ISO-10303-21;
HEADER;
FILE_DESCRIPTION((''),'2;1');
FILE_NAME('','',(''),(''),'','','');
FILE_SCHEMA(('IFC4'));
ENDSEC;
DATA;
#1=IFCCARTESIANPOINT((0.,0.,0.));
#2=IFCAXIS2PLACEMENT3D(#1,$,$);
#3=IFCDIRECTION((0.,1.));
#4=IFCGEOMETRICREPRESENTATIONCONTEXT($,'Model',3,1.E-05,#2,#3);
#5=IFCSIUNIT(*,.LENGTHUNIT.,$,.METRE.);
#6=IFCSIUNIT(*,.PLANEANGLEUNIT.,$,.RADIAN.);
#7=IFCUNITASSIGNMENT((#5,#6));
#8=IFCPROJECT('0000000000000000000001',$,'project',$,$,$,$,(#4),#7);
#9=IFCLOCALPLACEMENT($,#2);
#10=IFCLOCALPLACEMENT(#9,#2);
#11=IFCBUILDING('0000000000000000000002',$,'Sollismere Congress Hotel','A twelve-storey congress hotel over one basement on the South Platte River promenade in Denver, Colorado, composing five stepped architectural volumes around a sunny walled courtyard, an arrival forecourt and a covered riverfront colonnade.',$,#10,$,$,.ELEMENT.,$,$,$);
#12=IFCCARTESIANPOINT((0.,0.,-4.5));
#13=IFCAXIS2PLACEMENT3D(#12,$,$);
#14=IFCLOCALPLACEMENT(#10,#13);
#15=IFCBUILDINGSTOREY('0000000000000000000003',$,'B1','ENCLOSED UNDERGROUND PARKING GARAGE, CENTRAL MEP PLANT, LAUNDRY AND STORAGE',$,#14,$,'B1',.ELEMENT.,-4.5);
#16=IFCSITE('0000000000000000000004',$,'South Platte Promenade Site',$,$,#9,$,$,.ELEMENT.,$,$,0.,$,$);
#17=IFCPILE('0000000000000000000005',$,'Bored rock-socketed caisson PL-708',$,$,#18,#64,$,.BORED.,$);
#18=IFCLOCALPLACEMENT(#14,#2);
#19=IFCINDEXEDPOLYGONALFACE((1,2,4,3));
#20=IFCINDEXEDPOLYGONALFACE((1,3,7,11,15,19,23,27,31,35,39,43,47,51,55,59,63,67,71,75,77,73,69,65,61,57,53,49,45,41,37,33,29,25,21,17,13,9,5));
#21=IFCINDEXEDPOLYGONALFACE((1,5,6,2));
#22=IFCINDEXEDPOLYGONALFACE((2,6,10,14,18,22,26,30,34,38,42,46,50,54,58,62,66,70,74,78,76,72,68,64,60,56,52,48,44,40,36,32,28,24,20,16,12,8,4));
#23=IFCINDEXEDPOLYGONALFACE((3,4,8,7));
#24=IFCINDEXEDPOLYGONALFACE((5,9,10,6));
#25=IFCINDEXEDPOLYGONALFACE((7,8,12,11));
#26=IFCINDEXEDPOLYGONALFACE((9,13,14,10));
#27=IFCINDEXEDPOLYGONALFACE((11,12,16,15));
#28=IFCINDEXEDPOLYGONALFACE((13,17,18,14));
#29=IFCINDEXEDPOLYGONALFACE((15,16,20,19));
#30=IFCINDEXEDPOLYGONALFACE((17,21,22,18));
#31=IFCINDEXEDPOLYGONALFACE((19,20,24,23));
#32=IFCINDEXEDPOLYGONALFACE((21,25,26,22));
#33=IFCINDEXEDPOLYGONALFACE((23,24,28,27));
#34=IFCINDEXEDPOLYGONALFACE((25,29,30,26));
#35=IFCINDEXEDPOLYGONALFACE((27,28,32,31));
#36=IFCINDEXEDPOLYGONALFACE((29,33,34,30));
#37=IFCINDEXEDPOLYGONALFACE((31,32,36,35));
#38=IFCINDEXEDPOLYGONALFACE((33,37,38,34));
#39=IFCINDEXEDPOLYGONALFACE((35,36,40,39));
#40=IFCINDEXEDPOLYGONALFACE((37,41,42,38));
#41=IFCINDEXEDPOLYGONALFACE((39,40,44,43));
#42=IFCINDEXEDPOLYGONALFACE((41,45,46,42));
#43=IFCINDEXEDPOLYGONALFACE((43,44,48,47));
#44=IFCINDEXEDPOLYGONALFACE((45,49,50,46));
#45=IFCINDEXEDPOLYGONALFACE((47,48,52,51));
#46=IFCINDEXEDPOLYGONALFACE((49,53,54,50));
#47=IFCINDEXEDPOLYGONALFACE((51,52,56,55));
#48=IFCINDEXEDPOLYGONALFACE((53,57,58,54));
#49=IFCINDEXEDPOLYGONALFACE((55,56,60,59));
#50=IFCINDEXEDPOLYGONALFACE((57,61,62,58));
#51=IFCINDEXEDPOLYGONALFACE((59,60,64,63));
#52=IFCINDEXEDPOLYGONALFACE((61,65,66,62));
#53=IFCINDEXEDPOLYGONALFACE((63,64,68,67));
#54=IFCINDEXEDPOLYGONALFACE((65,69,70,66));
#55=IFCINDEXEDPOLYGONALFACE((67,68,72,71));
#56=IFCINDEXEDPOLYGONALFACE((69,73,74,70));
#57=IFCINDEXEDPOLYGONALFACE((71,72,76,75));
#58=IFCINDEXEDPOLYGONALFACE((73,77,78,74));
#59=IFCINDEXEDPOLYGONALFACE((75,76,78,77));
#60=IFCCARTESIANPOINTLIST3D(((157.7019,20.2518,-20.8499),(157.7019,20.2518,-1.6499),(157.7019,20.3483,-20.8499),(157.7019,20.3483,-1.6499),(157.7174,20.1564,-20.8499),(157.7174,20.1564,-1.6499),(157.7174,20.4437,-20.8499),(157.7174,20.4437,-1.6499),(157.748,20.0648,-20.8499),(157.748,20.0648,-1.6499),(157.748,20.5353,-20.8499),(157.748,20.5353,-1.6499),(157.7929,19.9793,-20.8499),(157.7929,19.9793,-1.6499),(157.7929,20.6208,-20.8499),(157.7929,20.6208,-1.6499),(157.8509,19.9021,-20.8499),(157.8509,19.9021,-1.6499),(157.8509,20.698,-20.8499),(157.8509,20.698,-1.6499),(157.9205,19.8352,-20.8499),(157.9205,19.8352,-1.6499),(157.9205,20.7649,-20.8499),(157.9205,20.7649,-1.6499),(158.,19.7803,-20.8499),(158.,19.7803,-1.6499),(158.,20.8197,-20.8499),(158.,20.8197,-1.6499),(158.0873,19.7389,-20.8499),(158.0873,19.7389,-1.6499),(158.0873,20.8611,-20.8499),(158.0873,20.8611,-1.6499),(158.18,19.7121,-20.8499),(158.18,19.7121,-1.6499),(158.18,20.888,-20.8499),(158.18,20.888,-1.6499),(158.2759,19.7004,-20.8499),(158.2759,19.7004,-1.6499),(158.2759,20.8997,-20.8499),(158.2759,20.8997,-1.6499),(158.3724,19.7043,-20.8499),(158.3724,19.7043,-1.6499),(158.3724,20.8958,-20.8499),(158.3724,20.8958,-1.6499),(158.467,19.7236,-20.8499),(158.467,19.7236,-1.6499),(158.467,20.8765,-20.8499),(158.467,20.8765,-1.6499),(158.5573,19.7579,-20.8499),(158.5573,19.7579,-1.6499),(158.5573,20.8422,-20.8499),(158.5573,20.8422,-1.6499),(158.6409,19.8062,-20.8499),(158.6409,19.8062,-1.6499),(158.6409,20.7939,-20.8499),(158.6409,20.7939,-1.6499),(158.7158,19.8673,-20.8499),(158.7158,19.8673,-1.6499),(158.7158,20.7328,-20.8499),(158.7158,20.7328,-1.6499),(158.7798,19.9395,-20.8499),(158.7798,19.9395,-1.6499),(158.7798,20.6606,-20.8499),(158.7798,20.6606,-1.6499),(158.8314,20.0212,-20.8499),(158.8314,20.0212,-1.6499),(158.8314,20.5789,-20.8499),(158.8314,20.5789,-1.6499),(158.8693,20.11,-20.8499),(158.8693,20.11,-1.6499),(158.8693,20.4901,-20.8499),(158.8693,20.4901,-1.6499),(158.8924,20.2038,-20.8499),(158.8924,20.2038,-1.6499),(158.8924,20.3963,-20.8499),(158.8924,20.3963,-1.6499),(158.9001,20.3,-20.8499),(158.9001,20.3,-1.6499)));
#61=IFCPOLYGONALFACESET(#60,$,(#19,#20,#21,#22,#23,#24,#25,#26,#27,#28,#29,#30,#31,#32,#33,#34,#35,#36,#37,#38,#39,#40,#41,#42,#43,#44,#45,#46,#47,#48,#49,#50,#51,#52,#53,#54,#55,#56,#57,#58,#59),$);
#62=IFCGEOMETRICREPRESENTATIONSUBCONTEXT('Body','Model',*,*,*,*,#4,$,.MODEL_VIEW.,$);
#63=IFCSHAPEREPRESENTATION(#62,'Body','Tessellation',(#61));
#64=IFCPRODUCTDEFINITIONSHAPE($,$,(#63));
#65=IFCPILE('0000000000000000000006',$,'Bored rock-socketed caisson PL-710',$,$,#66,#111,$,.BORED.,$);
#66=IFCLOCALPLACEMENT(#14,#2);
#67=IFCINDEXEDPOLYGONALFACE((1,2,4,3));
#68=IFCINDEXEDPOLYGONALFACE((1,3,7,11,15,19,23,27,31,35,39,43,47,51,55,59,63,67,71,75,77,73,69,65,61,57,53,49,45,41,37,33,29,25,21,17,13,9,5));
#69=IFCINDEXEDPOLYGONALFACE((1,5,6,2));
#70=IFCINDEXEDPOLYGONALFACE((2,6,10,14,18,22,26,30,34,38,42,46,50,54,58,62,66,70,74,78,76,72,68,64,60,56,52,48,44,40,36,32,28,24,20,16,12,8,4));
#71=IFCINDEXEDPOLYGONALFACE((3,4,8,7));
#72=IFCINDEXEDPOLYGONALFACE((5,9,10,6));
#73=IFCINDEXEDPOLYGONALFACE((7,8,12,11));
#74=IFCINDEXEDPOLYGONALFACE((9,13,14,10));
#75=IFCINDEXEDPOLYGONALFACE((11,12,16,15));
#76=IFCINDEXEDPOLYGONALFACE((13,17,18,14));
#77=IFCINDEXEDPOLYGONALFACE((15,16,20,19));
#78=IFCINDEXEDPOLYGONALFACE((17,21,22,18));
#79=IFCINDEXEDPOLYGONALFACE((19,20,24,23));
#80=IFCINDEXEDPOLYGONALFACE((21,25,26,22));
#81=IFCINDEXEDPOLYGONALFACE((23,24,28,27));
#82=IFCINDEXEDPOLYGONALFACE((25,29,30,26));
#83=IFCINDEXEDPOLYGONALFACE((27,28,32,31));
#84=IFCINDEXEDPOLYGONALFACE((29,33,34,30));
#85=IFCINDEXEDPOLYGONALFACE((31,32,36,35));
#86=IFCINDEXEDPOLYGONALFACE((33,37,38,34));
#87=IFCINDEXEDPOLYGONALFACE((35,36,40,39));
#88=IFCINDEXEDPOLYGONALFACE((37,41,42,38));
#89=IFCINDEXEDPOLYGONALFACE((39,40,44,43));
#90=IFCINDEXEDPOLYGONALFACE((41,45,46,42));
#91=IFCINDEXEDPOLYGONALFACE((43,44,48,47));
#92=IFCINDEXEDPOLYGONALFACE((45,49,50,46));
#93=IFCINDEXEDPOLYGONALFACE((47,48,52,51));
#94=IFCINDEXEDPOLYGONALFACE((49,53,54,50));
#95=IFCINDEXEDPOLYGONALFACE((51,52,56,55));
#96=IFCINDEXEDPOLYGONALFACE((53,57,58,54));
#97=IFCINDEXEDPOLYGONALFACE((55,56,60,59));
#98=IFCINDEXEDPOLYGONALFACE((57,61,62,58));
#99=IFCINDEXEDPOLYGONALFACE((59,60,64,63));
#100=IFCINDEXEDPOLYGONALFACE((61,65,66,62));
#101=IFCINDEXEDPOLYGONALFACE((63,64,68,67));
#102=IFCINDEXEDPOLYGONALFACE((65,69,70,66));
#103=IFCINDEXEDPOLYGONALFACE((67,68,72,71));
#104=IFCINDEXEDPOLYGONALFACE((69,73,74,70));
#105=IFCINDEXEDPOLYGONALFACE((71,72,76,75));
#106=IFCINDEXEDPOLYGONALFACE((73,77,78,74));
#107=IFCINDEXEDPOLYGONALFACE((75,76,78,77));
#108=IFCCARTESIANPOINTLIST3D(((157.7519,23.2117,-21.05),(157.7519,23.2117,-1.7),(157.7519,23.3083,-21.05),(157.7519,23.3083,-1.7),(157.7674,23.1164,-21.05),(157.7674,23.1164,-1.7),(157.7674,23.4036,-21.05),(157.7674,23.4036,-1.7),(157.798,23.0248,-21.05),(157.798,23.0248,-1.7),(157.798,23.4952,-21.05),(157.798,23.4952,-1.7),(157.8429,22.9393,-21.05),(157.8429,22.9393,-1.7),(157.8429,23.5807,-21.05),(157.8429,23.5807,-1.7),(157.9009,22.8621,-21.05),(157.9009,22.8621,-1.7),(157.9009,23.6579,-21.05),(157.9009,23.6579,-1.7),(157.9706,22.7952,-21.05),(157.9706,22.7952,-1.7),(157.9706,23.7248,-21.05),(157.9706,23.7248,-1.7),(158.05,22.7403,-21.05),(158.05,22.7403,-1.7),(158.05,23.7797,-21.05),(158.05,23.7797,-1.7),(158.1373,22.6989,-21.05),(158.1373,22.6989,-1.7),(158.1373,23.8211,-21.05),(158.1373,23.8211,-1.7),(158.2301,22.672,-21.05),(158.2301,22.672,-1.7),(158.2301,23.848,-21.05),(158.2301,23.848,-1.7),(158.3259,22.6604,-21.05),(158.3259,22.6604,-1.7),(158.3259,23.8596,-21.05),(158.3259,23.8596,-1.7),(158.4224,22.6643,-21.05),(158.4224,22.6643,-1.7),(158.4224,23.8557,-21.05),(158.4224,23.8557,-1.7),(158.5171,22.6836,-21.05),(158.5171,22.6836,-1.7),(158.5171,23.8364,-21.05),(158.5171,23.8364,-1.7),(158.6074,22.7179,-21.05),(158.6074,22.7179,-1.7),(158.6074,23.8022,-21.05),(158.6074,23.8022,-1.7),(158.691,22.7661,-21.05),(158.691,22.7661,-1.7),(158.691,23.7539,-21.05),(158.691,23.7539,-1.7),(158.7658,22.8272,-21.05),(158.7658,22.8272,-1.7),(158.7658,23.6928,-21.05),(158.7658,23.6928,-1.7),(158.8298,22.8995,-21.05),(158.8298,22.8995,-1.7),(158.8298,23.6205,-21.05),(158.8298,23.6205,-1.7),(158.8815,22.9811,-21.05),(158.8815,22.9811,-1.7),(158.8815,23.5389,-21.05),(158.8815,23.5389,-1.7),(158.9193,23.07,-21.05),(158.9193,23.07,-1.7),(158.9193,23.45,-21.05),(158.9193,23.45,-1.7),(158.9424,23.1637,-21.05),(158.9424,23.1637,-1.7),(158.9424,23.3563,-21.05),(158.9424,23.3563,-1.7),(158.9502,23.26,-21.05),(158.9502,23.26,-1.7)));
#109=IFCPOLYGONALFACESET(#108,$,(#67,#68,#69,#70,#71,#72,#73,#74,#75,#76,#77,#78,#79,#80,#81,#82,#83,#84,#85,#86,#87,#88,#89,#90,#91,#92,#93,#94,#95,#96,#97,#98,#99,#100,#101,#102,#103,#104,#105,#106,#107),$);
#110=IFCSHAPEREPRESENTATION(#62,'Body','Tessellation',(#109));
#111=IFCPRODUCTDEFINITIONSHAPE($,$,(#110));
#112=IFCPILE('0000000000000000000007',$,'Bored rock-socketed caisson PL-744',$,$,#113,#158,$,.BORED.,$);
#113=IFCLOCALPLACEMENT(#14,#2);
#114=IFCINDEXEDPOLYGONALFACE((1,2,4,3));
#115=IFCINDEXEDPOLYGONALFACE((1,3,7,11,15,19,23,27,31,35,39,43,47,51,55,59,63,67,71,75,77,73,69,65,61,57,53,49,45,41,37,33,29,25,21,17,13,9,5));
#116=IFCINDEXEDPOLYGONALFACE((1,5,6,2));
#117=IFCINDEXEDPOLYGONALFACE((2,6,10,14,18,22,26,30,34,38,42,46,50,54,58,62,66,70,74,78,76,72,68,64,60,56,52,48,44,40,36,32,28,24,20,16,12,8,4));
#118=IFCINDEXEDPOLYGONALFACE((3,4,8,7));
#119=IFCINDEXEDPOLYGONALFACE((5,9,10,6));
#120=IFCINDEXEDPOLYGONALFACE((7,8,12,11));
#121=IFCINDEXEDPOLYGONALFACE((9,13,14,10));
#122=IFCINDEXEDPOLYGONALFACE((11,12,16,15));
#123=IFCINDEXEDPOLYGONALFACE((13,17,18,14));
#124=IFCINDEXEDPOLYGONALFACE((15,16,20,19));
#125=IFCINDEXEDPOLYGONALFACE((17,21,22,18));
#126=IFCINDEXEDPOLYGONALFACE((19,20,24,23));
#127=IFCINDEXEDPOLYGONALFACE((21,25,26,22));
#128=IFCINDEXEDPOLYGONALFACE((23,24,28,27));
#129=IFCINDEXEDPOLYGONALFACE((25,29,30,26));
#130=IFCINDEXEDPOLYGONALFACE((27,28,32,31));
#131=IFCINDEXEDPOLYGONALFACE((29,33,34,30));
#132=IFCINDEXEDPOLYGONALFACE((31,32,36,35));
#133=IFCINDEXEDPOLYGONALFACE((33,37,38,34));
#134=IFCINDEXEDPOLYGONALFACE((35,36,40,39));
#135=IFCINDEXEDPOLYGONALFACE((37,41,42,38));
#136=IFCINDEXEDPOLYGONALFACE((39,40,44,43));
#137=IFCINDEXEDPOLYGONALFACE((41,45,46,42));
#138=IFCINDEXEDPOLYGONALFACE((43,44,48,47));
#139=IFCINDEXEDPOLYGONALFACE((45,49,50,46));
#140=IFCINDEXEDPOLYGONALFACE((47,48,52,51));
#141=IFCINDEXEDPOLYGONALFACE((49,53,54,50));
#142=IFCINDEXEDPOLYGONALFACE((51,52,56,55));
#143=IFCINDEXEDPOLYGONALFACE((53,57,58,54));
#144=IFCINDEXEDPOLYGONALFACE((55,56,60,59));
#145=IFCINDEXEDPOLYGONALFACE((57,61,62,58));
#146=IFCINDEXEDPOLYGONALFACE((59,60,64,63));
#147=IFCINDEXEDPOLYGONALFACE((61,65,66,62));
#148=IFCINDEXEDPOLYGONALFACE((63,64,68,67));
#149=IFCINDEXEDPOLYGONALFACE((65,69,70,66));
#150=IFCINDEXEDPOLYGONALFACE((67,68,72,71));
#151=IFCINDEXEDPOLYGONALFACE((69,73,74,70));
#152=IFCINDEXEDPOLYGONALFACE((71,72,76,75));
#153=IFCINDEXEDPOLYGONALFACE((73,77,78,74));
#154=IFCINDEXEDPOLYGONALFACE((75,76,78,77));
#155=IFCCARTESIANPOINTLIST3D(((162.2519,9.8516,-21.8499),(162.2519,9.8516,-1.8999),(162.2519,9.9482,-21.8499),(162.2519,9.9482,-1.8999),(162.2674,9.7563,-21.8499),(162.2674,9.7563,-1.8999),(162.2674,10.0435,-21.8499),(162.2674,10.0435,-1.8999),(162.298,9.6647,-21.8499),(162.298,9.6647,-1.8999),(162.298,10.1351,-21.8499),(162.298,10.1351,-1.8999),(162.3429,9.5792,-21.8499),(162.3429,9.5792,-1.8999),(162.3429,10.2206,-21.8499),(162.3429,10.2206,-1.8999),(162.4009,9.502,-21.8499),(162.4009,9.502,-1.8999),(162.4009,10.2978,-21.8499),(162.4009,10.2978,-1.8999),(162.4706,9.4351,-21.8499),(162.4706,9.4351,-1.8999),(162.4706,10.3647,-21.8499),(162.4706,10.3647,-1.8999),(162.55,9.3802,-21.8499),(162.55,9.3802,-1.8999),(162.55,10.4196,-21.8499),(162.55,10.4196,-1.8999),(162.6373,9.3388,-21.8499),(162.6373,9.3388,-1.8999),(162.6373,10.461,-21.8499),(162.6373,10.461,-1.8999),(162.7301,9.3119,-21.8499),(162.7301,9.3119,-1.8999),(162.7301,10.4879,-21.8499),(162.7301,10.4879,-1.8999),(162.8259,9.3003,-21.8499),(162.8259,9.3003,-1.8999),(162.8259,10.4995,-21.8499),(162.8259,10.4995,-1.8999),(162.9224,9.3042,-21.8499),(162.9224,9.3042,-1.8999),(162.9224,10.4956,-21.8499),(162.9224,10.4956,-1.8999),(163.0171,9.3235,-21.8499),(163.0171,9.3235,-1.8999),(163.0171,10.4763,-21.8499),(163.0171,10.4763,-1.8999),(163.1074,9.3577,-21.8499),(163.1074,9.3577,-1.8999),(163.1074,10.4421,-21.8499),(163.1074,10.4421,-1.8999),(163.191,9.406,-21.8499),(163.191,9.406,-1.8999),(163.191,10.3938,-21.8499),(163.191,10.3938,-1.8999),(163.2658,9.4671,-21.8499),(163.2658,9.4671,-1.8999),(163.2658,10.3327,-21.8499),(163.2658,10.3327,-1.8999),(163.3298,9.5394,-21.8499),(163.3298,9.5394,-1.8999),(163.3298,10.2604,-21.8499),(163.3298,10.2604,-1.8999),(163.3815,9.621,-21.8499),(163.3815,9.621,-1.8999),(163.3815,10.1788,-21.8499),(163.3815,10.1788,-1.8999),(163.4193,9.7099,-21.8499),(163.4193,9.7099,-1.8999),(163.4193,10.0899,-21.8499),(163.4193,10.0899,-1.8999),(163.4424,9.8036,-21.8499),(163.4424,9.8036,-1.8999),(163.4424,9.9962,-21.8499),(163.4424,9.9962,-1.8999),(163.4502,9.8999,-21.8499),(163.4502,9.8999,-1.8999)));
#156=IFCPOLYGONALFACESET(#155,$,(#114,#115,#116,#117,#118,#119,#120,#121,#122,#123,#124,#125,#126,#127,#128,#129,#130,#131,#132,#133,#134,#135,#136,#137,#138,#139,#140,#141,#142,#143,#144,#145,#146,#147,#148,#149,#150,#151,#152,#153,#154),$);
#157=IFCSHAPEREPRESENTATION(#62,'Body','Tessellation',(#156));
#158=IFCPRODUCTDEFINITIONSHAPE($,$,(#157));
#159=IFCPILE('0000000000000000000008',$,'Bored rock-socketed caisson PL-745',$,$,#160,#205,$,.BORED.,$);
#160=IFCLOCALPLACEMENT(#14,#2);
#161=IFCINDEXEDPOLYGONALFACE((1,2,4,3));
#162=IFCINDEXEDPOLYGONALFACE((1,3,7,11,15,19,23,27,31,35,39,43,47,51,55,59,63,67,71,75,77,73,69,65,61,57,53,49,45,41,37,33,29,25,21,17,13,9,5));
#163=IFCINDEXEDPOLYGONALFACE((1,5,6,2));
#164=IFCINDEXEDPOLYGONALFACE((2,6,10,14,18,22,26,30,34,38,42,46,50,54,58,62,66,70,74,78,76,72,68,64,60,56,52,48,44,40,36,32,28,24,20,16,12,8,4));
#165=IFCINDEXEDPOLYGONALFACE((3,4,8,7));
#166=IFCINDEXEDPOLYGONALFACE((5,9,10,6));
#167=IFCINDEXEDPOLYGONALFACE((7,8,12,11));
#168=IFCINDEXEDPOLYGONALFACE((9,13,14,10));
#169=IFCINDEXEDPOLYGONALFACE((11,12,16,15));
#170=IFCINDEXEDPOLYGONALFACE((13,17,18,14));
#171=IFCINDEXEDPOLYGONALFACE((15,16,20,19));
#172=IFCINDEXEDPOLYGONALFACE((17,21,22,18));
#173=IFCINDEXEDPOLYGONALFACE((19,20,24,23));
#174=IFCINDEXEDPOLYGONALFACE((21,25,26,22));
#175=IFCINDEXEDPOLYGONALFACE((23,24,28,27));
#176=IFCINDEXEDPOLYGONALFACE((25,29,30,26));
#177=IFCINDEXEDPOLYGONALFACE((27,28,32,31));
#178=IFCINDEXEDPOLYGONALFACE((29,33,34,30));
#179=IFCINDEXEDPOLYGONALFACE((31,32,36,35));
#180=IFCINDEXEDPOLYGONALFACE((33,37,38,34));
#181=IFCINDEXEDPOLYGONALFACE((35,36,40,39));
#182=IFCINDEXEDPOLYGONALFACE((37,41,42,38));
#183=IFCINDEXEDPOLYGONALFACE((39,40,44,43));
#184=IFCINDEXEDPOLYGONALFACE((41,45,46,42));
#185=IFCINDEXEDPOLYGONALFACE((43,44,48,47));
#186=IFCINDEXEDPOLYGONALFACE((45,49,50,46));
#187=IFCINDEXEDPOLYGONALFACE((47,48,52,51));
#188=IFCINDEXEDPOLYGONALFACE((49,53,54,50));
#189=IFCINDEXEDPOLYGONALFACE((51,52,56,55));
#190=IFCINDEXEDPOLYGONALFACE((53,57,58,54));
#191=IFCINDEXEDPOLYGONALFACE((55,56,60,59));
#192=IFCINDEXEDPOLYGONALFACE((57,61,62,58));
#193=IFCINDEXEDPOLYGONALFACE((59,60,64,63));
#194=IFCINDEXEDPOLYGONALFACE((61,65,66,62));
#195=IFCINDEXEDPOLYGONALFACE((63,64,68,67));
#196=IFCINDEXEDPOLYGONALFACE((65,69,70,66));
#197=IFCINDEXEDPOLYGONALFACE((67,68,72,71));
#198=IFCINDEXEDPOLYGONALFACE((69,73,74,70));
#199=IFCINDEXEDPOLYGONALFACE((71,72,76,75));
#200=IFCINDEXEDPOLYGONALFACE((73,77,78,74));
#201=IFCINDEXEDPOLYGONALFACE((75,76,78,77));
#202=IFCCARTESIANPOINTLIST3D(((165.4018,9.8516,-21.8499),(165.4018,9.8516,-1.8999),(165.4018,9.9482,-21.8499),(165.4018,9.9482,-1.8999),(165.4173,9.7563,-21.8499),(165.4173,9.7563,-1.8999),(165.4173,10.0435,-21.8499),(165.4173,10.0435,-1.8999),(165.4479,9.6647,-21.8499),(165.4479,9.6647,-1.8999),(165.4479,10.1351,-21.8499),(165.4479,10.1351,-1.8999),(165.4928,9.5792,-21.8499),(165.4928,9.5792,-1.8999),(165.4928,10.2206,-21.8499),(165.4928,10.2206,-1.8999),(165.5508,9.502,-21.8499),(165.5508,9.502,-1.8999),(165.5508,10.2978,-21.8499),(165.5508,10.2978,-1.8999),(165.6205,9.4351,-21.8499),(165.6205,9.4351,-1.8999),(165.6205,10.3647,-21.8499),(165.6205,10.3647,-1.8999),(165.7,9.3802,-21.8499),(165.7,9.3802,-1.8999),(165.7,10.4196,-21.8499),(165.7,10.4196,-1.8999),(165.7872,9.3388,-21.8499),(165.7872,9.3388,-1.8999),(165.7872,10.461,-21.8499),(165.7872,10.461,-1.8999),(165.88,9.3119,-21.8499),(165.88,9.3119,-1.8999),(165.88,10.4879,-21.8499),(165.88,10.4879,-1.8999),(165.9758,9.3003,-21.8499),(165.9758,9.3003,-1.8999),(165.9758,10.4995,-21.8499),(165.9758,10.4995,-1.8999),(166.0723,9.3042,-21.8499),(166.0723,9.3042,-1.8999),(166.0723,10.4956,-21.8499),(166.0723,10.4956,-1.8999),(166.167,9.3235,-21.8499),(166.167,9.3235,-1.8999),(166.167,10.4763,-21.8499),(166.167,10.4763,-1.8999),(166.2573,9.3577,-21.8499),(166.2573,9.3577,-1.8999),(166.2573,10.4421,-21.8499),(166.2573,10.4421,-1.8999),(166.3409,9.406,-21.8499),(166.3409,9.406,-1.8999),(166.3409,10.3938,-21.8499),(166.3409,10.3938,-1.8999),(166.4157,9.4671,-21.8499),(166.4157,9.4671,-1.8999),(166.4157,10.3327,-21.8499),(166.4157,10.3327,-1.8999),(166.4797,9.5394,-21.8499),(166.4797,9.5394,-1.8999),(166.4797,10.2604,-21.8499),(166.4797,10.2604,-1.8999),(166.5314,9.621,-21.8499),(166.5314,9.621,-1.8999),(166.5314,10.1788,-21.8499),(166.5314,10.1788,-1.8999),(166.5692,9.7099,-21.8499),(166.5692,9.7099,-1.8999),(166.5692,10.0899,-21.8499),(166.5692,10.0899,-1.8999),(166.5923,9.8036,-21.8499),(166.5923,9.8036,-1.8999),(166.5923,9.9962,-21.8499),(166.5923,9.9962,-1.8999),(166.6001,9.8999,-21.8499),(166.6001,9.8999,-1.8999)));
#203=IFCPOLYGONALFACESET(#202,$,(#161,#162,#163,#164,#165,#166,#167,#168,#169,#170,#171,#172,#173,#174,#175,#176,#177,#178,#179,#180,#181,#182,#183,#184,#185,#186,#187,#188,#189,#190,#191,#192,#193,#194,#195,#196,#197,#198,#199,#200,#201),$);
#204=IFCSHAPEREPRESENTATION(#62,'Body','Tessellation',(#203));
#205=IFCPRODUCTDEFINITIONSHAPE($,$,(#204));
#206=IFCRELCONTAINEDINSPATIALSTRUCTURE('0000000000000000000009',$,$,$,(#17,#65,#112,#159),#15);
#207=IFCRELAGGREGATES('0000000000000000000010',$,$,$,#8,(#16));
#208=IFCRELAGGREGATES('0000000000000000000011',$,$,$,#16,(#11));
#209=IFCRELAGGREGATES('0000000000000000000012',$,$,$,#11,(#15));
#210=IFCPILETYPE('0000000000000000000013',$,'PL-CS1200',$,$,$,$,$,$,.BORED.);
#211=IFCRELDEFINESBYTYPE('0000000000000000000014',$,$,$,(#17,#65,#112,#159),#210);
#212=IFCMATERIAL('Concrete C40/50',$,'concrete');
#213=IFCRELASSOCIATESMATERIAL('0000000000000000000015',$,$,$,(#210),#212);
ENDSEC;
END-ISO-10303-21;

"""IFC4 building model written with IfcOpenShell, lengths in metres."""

from ifc_helpers import new_model, si_unit, direction, frame, origin, origin_2d, place, context, subcontext, project, spatial, circle, extrude, material, material_profile, profile_set, type_object, element, save


model = new_model("IFC4")

# Units and contexts
model_context = context("Model", 3, precision=1e-05, world=origin(), true_north=direction((0.0, 1.0)))
body_context = subcontext(model_context, "Body", "Model", "MODEL_VIEW")
ifc_project = project(units=[si_unit("LENGTHUNIT", "METRE"), si_unit("PLANEANGLEUNIT", "RADIAN")], contexts=[model_context])

# Site, building, storey
site_placement = place(None, origin())
site = spatial("IfcSite", under=ifc_project, at=site_placement, Name="South Platte Promenade Site", CompositionType="ELEMENT", RefElevation=0.0)
building_placement = place(site_placement, origin())
building = spatial("IfcBuilding", under=site, at=building_placement, Name="Sollismere Congress Hotel", Description="A twelve-storey congress hotel over one basement on the South Platte River promenade in Denver, Colorado, composing five stepped architectural volumes around a sunny walled courtyard, an arrival forecourt and a covered riverfront colonnade.", CompositionType="ELEMENT")
storey_placement = place(building_placement, frame((0.0, 0.0, -4.5)))
storey = spatial("IfcBuildingStorey", under=building, at=storey_placement, Name="B1", Description="ENCLOSED UNDERGROUND PARKING GARAGE, CENTRAL MEP PLANT, LAUNDRY AND STORAGE", LongName="B1", CompositionType="ELEMENT", Elevation=-4.5)

# Shared definitions
ifc_material_1 = material(Name="Concrete C40/50", Category="concrete")

# Piles
ifc_material_profile_1 = material_profile(ifc_material_1, circle(Radius=0.6001, at=origin_2d()), Name="CAISSON1200")
ifc_profile_set_1 = profile_set([ifc_material_profile_1], Name="Concrete C40/50")
pile_type = type_object("IfcPileType", Name="PL-CS1200", PredefinedType="BORED", material=ifc_profile_set_1)
for number, where, z_axis, x_axis, name in (
    (1, (158.3, 20.3, -1.6499), (0.0, 0.0, -1.0), (1.0, 0.0, 0.0), "Bored rock-socketed caisson PL-708"),
):
    element("IfcPile", number, at=place(storey_placement, frame(where, z_axis=z_axis, x_axis=x_axis)), inside=storey, type_object=pile_type, Name=name, PredefinedType="BORED", context=body_context, shape_type="SweptSolid", body=[
        extrude(circle(Radius=0.6001, at=origin_2d()), origin(), (0.0, 0.0, 1.0), 19.2),
    ])
pile_1_placement = place(storey_placement, frame((158.3501, 23.26, -1.7), z_axis=(0.0, 0.0, -1.0), x_axis=(1.0, 0.0, 0.0)))
element("IfcPile", 2, at=pile_1_placement, inside=storey, type_object=pile_type, Name="Bored rock-socketed caisson PL-710", PredefinedType="BORED", context=body_context, shape_type="SweptSolid", body=[
    extrude(circle(Radius=0.6001, at=origin_2d()), origin(), (0.0, 0.0, 1.0), 19.3501),
])
for number, where, z_axis, x_axis, name in (
    (3, (162.8501, 9.8999, -1.8999), (0.0, 0.0, -1.0), (1.0, 0.0, 0.0), "Bored rock-socketed caisson PL-744"),
    (4, (166.0, 9.8999, -1.8999), (0.0, 0.0, -1.0), (1.0, 0.0, 0.0), "Bored rock-socketed caisson PL-745"),
):
    element("IfcPile", number, at=place(storey_placement, frame(where, z_axis=z_axis, x_axis=x_axis)), inside=storey, type_object=pile_type, Name=name, PredefinedType="BORED", context=body_context, shape_type="SweptSolid", body=[
        extrude(circle(Radius=0.6001, at=origin_2d()), origin(), (0.0, 0.0, 1.0), 19.95),
    ])

save(model, "model.ifc")
